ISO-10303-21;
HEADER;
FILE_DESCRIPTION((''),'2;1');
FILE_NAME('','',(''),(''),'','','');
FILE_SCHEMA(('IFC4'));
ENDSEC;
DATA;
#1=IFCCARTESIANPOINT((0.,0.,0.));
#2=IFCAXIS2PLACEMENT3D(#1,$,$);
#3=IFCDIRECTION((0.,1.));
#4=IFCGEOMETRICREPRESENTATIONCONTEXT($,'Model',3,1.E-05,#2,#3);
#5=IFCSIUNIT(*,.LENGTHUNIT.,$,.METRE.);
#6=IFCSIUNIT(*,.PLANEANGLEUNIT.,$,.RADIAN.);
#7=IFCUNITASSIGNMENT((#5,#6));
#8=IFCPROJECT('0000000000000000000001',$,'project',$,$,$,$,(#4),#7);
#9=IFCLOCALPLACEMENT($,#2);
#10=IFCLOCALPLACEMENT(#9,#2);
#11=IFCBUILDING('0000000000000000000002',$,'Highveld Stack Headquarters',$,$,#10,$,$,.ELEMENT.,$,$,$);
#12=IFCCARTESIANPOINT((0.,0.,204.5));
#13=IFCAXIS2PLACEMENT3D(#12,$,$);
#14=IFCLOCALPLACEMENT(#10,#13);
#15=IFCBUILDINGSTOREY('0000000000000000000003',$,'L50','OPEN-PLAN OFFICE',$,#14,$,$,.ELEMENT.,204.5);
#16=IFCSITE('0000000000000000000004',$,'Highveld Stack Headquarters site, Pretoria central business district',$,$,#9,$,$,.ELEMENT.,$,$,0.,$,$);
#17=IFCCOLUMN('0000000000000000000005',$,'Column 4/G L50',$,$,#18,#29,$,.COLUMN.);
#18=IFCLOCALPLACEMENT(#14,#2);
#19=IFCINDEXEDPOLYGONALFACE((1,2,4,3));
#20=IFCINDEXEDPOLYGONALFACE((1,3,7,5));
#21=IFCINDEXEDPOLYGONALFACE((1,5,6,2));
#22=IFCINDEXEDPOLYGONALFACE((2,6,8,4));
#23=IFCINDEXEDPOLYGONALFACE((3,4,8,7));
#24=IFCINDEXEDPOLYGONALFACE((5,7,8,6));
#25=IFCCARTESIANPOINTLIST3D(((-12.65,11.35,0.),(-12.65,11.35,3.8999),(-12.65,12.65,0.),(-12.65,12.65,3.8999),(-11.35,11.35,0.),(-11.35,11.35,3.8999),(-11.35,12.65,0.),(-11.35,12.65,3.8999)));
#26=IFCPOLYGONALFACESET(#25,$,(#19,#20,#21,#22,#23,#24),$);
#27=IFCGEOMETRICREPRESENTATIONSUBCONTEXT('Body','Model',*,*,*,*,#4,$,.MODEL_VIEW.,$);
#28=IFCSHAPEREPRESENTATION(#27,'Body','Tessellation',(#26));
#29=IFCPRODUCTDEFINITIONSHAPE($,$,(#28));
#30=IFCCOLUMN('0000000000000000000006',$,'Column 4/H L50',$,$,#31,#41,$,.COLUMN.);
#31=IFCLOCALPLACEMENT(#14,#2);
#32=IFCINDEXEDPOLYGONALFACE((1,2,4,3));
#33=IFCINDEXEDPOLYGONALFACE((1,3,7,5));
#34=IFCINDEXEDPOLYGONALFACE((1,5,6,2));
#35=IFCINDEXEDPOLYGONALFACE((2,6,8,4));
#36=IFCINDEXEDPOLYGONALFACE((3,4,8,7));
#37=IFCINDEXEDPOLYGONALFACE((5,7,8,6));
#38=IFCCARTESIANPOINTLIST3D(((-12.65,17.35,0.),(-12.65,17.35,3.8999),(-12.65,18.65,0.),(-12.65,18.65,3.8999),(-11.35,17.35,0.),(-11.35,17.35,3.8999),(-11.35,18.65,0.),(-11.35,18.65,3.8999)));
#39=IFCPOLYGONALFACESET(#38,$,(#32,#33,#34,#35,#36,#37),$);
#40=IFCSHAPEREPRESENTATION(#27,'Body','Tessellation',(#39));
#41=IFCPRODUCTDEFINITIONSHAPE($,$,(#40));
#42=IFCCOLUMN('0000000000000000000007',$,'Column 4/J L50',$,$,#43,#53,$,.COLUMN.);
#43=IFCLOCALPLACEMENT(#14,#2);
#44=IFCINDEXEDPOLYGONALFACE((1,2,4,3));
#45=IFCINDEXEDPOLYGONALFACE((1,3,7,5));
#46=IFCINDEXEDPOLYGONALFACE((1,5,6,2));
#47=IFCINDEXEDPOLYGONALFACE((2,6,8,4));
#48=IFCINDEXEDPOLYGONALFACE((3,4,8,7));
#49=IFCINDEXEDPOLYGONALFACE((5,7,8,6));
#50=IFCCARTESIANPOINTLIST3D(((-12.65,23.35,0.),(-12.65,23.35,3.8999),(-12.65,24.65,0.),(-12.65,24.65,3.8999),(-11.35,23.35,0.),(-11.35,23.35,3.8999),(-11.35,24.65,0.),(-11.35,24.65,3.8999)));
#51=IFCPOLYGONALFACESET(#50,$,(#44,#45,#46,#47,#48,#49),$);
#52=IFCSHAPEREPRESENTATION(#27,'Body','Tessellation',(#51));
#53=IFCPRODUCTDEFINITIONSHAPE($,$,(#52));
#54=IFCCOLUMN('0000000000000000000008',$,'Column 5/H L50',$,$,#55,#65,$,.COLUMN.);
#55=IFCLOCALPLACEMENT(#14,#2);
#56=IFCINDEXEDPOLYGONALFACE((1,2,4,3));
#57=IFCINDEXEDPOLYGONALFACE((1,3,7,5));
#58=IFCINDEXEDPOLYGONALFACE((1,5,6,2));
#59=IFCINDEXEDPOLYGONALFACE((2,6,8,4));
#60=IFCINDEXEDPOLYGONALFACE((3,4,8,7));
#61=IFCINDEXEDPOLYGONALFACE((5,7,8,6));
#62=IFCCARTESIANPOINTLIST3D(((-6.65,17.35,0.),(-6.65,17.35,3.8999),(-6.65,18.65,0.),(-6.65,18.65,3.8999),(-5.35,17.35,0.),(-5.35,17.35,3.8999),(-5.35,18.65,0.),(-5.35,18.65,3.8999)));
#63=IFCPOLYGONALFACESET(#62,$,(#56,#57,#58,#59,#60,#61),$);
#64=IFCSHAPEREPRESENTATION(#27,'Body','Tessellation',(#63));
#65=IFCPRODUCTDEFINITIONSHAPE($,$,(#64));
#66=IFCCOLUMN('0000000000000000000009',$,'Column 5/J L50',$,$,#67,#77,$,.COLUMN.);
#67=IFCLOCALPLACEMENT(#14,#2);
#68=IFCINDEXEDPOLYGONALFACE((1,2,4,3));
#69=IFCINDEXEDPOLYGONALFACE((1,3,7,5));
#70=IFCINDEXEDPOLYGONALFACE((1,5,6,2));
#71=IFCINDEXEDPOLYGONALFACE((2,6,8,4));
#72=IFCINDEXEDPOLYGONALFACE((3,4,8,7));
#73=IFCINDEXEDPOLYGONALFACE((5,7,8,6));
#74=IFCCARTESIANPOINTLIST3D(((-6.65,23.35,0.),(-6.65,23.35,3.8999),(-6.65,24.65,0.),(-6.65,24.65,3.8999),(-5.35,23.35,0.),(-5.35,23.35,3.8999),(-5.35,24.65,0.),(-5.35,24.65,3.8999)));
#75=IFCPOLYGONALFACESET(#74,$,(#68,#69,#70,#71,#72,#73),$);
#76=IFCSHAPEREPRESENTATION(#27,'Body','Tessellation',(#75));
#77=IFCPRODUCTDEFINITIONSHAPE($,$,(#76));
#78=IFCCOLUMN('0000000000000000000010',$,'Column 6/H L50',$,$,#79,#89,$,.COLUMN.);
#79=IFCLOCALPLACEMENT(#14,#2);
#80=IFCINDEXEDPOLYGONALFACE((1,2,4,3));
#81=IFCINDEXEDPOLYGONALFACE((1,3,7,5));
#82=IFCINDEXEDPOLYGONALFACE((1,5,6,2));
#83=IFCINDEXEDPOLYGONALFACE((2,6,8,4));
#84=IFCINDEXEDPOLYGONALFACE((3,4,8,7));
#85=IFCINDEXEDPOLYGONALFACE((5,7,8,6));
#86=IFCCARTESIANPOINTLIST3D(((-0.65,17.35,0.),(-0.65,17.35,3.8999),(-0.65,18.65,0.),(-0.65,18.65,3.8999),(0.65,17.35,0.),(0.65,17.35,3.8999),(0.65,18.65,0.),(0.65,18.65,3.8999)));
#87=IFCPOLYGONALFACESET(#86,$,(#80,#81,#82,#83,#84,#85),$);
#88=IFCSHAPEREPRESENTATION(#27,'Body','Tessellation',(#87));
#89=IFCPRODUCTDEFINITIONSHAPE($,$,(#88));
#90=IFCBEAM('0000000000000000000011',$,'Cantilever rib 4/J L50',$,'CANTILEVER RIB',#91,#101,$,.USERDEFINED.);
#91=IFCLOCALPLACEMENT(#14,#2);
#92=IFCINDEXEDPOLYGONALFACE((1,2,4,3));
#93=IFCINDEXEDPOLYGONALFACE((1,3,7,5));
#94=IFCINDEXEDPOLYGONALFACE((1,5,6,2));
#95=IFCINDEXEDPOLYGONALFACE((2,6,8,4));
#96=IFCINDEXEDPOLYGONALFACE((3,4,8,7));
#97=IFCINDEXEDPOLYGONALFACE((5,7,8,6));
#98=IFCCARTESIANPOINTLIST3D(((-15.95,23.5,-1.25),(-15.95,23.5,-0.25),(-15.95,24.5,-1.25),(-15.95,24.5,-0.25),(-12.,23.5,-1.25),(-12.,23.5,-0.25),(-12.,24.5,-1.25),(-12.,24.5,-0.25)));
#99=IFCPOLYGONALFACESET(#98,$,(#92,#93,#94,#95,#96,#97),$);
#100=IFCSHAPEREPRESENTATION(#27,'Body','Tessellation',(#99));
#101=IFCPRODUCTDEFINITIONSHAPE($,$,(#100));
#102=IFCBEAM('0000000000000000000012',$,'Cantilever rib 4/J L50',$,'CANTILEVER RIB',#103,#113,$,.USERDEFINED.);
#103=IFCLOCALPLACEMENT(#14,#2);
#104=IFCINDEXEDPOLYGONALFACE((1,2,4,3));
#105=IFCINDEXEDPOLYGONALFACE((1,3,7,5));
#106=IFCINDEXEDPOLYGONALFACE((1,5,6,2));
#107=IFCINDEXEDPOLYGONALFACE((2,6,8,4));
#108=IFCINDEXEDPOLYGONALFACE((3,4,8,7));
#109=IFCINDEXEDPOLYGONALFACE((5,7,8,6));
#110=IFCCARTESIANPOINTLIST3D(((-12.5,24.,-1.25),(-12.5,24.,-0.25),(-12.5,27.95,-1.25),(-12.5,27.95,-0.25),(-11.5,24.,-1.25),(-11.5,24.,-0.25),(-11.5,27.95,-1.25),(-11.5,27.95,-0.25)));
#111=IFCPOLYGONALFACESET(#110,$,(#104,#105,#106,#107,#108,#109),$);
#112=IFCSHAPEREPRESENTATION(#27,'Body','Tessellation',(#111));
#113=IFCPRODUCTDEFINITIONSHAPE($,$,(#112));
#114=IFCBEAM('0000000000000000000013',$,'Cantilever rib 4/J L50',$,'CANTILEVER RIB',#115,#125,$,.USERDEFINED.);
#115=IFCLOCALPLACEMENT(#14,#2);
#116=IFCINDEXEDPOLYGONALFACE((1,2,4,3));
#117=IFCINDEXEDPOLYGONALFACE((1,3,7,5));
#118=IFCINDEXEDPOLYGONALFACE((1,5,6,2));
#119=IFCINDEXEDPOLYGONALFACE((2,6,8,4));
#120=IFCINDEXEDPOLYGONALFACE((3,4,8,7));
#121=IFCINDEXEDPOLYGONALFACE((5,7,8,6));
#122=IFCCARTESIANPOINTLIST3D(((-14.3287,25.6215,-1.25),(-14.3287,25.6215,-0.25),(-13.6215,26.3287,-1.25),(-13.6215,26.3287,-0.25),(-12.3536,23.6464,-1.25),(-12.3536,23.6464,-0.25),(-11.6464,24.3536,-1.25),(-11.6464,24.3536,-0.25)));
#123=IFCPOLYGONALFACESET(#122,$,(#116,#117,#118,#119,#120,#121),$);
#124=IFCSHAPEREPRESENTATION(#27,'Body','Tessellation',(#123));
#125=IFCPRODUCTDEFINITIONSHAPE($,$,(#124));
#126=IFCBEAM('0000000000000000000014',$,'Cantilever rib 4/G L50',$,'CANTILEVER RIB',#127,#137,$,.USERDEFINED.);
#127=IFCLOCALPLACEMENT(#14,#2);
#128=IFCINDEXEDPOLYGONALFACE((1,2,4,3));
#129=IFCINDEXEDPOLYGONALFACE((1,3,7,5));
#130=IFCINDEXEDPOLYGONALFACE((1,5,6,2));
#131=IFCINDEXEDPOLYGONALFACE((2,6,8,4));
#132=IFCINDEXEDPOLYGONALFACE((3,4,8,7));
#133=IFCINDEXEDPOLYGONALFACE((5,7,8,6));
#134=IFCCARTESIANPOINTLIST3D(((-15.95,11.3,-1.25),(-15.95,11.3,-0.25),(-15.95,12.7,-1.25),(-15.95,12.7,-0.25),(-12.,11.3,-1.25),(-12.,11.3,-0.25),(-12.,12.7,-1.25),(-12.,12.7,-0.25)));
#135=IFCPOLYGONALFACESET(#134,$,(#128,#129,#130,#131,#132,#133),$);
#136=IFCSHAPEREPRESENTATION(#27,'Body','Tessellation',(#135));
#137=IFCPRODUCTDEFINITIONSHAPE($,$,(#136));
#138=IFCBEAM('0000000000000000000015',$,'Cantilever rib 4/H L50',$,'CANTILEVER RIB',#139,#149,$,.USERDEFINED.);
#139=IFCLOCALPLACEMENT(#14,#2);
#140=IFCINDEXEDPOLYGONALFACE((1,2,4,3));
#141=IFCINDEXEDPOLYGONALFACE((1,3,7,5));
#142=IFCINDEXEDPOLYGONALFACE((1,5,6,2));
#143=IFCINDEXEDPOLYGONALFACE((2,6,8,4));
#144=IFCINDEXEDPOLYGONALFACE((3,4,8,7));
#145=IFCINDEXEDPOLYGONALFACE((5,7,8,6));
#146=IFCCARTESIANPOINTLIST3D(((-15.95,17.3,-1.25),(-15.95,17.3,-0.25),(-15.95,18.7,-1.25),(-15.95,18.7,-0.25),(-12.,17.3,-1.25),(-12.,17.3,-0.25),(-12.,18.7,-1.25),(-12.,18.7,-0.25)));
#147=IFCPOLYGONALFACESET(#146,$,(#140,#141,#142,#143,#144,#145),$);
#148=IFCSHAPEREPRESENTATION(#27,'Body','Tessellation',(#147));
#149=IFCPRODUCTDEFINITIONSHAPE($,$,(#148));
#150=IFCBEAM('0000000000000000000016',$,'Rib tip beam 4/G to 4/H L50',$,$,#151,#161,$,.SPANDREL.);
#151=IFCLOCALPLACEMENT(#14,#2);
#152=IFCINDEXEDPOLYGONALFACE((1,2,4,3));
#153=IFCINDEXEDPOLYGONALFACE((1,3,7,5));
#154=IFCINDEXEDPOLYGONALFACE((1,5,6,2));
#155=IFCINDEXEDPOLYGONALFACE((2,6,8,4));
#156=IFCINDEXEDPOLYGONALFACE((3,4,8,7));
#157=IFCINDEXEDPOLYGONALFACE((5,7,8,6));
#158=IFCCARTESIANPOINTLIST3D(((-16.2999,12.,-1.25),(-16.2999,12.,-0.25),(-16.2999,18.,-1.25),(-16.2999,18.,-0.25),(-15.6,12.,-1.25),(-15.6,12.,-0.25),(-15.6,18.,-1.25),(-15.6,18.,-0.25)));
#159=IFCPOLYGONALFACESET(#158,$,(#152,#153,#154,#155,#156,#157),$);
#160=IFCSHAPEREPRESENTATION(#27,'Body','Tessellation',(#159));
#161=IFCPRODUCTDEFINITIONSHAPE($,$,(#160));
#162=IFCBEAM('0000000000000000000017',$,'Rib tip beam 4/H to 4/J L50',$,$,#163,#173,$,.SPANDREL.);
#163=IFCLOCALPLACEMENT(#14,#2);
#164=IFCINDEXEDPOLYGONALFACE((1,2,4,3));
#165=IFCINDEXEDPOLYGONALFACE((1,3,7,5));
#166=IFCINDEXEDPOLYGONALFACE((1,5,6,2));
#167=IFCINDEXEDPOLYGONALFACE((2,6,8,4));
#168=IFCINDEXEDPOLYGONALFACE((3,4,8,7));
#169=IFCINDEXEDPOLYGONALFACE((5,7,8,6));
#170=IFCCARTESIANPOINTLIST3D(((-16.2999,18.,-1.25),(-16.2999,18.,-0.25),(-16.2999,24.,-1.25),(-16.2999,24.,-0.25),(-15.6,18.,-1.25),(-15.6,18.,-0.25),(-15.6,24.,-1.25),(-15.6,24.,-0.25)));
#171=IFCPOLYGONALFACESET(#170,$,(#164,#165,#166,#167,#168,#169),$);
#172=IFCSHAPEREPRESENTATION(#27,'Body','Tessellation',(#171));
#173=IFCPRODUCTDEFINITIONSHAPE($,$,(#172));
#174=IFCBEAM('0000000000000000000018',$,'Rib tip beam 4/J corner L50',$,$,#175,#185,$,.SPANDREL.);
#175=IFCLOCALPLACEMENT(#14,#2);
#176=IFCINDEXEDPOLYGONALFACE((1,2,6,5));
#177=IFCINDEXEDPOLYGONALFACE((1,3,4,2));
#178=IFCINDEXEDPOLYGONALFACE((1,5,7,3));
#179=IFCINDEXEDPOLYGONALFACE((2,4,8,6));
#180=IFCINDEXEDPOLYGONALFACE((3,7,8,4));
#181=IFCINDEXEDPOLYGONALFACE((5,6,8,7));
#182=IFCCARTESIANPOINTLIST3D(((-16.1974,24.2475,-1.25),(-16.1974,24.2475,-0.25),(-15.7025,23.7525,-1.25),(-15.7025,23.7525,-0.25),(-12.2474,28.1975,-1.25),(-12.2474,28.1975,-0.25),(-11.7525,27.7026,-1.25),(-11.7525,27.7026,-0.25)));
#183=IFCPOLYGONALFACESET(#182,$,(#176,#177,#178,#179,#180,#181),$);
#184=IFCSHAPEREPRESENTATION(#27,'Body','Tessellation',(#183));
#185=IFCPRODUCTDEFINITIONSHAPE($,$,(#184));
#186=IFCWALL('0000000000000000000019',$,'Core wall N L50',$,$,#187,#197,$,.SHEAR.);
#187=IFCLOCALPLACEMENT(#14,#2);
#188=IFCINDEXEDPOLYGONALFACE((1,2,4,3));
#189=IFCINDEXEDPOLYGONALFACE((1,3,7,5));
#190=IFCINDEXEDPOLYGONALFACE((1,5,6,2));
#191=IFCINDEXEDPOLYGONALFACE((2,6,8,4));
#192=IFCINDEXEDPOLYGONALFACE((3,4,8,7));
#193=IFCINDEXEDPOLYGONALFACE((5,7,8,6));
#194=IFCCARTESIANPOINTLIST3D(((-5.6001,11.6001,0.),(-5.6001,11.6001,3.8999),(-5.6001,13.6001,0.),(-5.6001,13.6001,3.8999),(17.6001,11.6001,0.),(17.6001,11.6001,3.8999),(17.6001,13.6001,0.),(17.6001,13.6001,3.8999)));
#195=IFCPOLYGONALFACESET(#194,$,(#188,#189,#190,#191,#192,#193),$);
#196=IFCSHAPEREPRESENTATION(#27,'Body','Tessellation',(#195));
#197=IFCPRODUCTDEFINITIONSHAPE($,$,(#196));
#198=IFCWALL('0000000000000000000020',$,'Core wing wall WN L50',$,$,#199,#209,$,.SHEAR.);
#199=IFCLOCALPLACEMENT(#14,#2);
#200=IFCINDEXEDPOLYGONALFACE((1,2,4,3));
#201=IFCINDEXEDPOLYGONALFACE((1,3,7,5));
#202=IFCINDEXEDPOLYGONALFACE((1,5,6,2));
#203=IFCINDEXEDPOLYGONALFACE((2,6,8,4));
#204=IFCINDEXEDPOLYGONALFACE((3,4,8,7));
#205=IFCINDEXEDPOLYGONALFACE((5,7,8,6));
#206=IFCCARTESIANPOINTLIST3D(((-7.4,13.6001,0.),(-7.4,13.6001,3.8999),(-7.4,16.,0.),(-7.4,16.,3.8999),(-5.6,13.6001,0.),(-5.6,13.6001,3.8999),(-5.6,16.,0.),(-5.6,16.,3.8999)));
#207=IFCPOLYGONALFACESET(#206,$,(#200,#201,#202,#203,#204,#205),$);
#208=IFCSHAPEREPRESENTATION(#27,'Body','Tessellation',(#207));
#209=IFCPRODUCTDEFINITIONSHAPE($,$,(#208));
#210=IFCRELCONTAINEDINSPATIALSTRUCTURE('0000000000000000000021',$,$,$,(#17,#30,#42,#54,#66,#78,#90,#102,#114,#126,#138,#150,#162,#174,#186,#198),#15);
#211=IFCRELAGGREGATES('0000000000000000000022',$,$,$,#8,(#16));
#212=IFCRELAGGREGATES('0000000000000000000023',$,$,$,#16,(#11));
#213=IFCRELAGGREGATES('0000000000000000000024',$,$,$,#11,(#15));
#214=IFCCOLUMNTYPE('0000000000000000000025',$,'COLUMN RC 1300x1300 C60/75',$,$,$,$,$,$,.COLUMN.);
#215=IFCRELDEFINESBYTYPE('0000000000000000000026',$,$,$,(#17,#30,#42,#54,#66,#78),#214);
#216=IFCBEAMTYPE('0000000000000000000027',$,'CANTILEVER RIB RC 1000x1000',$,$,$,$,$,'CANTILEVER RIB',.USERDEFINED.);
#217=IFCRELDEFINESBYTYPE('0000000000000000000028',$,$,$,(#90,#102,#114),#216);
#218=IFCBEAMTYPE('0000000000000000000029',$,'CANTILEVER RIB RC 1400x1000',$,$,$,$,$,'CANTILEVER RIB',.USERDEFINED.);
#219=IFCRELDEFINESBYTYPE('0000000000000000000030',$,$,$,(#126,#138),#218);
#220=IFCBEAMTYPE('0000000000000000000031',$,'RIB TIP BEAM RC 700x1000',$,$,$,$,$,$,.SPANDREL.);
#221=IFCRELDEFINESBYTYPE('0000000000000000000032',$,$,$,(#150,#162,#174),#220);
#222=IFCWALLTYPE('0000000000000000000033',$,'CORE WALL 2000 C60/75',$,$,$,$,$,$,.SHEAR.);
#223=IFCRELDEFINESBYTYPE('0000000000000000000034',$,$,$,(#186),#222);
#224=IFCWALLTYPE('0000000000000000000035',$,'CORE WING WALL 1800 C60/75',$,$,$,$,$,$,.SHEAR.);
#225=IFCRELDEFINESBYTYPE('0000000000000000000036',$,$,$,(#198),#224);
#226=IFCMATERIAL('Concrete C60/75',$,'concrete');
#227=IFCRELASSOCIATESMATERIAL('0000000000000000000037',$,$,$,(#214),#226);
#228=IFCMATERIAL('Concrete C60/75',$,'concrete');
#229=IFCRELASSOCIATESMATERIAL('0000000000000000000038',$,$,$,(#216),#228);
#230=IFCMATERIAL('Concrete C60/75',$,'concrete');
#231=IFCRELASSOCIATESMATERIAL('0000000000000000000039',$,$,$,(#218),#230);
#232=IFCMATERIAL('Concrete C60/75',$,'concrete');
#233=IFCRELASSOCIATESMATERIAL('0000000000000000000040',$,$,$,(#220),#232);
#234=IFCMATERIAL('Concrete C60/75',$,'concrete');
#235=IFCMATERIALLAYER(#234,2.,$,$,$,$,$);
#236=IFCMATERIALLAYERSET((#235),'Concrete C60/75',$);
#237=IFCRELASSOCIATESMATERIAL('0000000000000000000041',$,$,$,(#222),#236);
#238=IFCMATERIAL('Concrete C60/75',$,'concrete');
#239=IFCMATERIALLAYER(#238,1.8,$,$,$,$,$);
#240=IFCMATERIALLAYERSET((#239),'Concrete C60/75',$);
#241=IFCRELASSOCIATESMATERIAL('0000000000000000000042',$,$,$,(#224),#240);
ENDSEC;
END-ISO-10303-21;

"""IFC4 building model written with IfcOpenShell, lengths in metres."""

from ifc_helpers import new_model, si_unit, direction, frame, frame_2d, origin, origin_2d, place, context, subcontext, project, spatial, rectangle, extrude, material, layer, layer_set, material_profile, profile_set, type_object, element, save


model = new_model("IFC4")

# Units and contexts
model_context = context("Model", 3, precision=1e-05, world=origin(), true_north=direction((0.0, 1.0)))
body_context = subcontext(model_context, "Body", "Model", "MODEL_VIEW")
ifc_project = project(units=[si_unit("LENGTHUNIT", "METRE"), si_unit("PLANEANGLEUNIT", "RADIAN")], contexts=[model_context])

# Site, building, storey
site_placement = place(None, origin())
site = spatial("IfcSite", under=ifc_project, at=site_placement, Name="Highveld Stack Headquarters site, Pretoria central business district", CompositionType="ELEMENT", RefElevation=0.0)
building_placement = place(site_placement, origin())
building = spatial("IfcBuilding", under=site, at=building_placement, Name="Highveld Stack Headquarters", CompositionType="ELEMENT")
storey_placement = place(building_placement, frame((0.0, 0.0, 204.5)))
storey = spatial("IfcBuildingStorey", under=building, at=storey_placement, Name="L50", Description="OPEN-PLAN OFFICE", CompositionType="ELEMENT", Elevation=204.5)

# Columns
ifc_material_1 = material(Name="Concrete C60/75", Category="concrete")
ifc_material_profile_1 = material_profile(ifc_material_1, rectangle(XDim=1.3, YDim=1.3, at=origin_2d()), Name="RC 1300x1300")
ifc_profile_set_1 = profile_set([ifc_material_profile_1], Name="Concrete C60/75")
column_type = type_object("IfcColumnType", Name="COLUMN RC 1300x1300 C60/75", PredefinedType="COLUMN", material=ifc_profile_set_1)
for number, where, z_axis, x_axis, name in (
    (1, (-12.0, 12.0, 0.0), (0.0, 0.0, 1.0), (1.0, 0.0, 0.0), "Column 4/G L50"),
    (2, (-12.0, 18.0, 0.0), (0.0, 0.0, 1.0), (1.0, 0.0, 0.0), "Column 4/H L50"),
    (3, (-12.0, 24.0, 0.0), (0.0, 0.0, 1.0), (1.0, 0.0, 0.0), "Column 4/J L50"),
    (4, (-6.0, 18.0, 0.0), (0.0, 0.0, 1.0), (1.0, 0.0, 0.0), "Column 5/H L50"),
    (5, (-6.0, 24.0, 0.0), (0.0, 0.0, 1.0), (1.0, 0.0, 0.0), "Column 5/J L50"),
    (6, (0.0, 18.0, 0.0), (0.0, 0.0, 1.0), (1.0, 0.0, 0.0), "Column 6/H L50"),
):
    element("IfcColumn", number, at=place(storey_placement, frame(where, z_axis=z_axis, x_axis=x_axis)), inside=storey, type_object=column_type, Name=name, PredefinedType="COLUMN", context=body_context, shape_type="SweptSolid", body=[
        extrude(rectangle(XDim=1.3, YDim=1.3, at=origin_2d()), origin(), (0.0, 0.0, 1.0), 3.8999),
    ])

# Beams
ifc_material_2 = material(Name="Concrete C60/75", Category="concrete")
ifc_material_profile_2 = material_profile(ifc_material_2, rectangle(XDim=1.0, YDim=1.0, at=origin_2d()), Name="RC 1000x1000")
ifc_profile_set_2 = profile_set([ifc_material_profile_2], Name="Concrete C60/75")
beam_type_1 = type_object("IfcBeamType", Name="CANTILEVER RIB RC 1000x1000", ElementType="CANTILEVER RIB", PredefinedType="USERDEFINED", material=ifc_profile_set_2)
for number, where, z_axis, x_axis, name in (
    (7, (-12.0, 24.0, -0.75), (-1.0, 0.0, 0.0), (0.0, -1.0, 0.0), "Cantilever rib 4/J L50"),
    (8, (-12.0, 24.0, -0.75), (0.0, 1.0, 0.0), (-1.0, 0.0, 0.0), "Cantilever rib 4/J L50"),
):
    element("IfcBeam", number, at=place(storey_placement, frame(where, z_axis=z_axis, x_axis=x_axis)), inside=storey, type_object=beam_type_1, Name=name, ObjectType="CANTILEVER RIB", PredefinedType="USERDEFINED", context=body_context, shape_type="SweptSolid", body=[
        extrude(rectangle(XDim=1.0, YDim=1.0, at=origin_2d()), origin(), (0.0, 0.0, 1.0), 3.95),
    ])
beam_1_placement = place(storey_placement, frame((-12.0, 24.0, -0.75), z_axis=(-0.707107, 0.707107, 0.0), x_axis=(-0.707107, -0.707107, 0.0)))
element("IfcBeam", 9, at=beam_1_placement, inside=storey, type_object=beam_type_1, Name="Cantilever rib 4/J L50", ObjectType="CANTILEVER RIB", PredefinedType="USERDEFINED", context=body_context, shape_type="SweptSolid", body=[
    extrude(rectangle(XDim=1.0, YDim=1.0, at=origin_2d()), origin(), (0.0, 0.0, 1.0), 2.7932),
])
ifc_material_3 = material(Name="Concrete C60/75", Category="concrete")
ifc_material_profile_3 = material_profile(ifc_material_3, rectangle(XDim=1.3999, YDim=1.0, at=origin_2d()), Name="RC 1400x1000")
ifc_profile_set_3 = profile_set([ifc_material_profile_3], Name="Concrete C60/75")
beam_type_2 = type_object("IfcBeamType", Name="CANTILEVER RIB RC 1400x1000", ElementType="CANTILEVER RIB", PredefinedType="USERDEFINED", material=ifc_profile_set_3)
for number, where, z_axis, x_axis, name in (
    (10, (-12.0, 12.0, -0.75), (-1.0, 0.0, 0.0), (0.0, -1.0, 0.0), "Cantilever rib 4/G L50"),
    (11, (-12.0, 18.0, -0.75), (-1.0, 0.0, 0.0), (0.0, -1.0, 0.0), "Cantilever rib 4/H L50"),
):
    element("IfcBeam", number, at=place(storey_placement, frame(where, z_axis=z_axis, x_axis=x_axis)), inside=storey, type_object=beam_type_2, Name=name, ObjectType="CANTILEVER RIB", PredefinedType="USERDEFINED", context=body_context, shape_type="SweptSolid", body=[
        extrude(rectangle(XDim=1.3999, YDim=1.0, at=origin_2d()), origin(), (0.0, 0.0, 1.0), 3.95),
    ])
ifc_material_4 = material(Name="Concrete C60/75", Category="concrete")
ifc_material_profile_4 = material_profile(ifc_material_4, rectangle(XDim=0.7, YDim=1.0, at=origin_2d()), Name="RC 700x1000")
ifc_profile_set_4 = profile_set([ifc_material_profile_4], Name="Concrete C60/75")
beam_type_3 = type_object("IfcBeamType", Name="RIB TIP BEAM RC 700x1000", PredefinedType="SPANDREL", material=ifc_profile_set_4)
for number, where, z_axis, x_axis, name in (
    (12, (-15.95, 12.0, -0.75), (0.0, 1.0, 0.0), (-1.0, 0.0, 0.0), "Rib tip beam 4/G to 4/H L50"),
    (13, (-15.95, 18.0, -0.75), (0.0, 1.0, 0.0), (-1.0, 0.0, 0.0), "Rib tip beam 4/H to 4/J L50"),
):
    element("IfcBeam", number, at=place(storey_placement, frame(where, z_axis=z_axis, x_axis=x_axis)), inside=storey, type_object=beam_type_3, Name=name, PredefinedType="SPANDREL", context=body_context, shape_type="SweptSolid", body=[
        extrude(rectangle(XDim=0.7, YDim=1.0, at=origin_2d()), origin(), (0.0, 0.0, 1.0), 6.0),
    ])
beam_2_placement = place(storey_placement, frame((-15.95, 24.0, -0.75), z_axis=(0.707107, 0.707107, 0.0), x_axis=(-0.707107, 0.707107, 0.0)))
element("IfcBeam", 14, at=beam_2_placement, inside=storey, type_object=beam_type_3, Name="Rib tip beam 4/J corner L50", PredefinedType="SPANDREL", context=body_context, shape_type="SweptSolid", body=[
    extrude(rectangle(XDim=0.7, YDim=1.0, at=origin_2d()), origin(), (0.0, 0.0, 1.0), 5.5862),
])

# Walls
ifc_material_5 = material(Name="Concrete C60/75", Category="concrete")
ifc_layer_1 = layer(ifc_material_5, 2.0)
ifc_layer_set_1 = layer_set([ifc_layer_1], Name="Concrete C60/75")
wall_type_1 = type_object("IfcWallType", Name="CORE WALL 2000 C60/75", PredefinedType="SHEAR", material=ifc_layer_set_1)
wall_1_placement = place(storey_placement, frame((-5.6001, 12.6001, 0.0), z_axis=(0.0, 0.0, 1.0), x_axis=(1.0, 0.0, 0.0)))
element("IfcWall", 15, at=wall_1_placement, inside=storey, type_object=wall_type_1, Name="Core wall N L50", PredefinedType="SHEAR", context=body_context, shape_type="SweptSolid", body=[
    extrude(rectangle(XDim=23.2002, YDim=2.0, at=frame_2d((11.6001, 0.0))), origin(), (0.0, 0.0, 1.0), 3.8999),
])
ifc_material_6 = material(Name="Concrete C60/75", Category="concrete")
ifc_layer_2 = layer(ifc_material_6, 1.8)
ifc_layer_set_2 = layer_set([ifc_layer_2], Name="Concrete C60/75")
wall_type_2 = type_object("IfcWallType", Name="CORE WING WALL 1800 C60/75", PredefinedType="SHEAR", material=ifc_layer_set_2)
wall_2_placement = place(storey_placement, frame((-6.5, 13.6001, 0.0), z_axis=(0.0, 0.0, 1.0), x_axis=(0.0, 1.0, 0.0)))
element("IfcWall", 16, at=wall_2_placement, inside=storey, type_object=wall_type_2, Name="Core wing wall WN L50", PredefinedType="SHEAR", context=body_context, shape_type="SweptSolid", body=[
    extrude(rectangle(XDim=2.3999, YDim=1.8, at=frame_2d((1.2, 0.0))), origin(), (0.0, 0.0, 1.0), 3.8999),
])

save(model, "model.ifc")
